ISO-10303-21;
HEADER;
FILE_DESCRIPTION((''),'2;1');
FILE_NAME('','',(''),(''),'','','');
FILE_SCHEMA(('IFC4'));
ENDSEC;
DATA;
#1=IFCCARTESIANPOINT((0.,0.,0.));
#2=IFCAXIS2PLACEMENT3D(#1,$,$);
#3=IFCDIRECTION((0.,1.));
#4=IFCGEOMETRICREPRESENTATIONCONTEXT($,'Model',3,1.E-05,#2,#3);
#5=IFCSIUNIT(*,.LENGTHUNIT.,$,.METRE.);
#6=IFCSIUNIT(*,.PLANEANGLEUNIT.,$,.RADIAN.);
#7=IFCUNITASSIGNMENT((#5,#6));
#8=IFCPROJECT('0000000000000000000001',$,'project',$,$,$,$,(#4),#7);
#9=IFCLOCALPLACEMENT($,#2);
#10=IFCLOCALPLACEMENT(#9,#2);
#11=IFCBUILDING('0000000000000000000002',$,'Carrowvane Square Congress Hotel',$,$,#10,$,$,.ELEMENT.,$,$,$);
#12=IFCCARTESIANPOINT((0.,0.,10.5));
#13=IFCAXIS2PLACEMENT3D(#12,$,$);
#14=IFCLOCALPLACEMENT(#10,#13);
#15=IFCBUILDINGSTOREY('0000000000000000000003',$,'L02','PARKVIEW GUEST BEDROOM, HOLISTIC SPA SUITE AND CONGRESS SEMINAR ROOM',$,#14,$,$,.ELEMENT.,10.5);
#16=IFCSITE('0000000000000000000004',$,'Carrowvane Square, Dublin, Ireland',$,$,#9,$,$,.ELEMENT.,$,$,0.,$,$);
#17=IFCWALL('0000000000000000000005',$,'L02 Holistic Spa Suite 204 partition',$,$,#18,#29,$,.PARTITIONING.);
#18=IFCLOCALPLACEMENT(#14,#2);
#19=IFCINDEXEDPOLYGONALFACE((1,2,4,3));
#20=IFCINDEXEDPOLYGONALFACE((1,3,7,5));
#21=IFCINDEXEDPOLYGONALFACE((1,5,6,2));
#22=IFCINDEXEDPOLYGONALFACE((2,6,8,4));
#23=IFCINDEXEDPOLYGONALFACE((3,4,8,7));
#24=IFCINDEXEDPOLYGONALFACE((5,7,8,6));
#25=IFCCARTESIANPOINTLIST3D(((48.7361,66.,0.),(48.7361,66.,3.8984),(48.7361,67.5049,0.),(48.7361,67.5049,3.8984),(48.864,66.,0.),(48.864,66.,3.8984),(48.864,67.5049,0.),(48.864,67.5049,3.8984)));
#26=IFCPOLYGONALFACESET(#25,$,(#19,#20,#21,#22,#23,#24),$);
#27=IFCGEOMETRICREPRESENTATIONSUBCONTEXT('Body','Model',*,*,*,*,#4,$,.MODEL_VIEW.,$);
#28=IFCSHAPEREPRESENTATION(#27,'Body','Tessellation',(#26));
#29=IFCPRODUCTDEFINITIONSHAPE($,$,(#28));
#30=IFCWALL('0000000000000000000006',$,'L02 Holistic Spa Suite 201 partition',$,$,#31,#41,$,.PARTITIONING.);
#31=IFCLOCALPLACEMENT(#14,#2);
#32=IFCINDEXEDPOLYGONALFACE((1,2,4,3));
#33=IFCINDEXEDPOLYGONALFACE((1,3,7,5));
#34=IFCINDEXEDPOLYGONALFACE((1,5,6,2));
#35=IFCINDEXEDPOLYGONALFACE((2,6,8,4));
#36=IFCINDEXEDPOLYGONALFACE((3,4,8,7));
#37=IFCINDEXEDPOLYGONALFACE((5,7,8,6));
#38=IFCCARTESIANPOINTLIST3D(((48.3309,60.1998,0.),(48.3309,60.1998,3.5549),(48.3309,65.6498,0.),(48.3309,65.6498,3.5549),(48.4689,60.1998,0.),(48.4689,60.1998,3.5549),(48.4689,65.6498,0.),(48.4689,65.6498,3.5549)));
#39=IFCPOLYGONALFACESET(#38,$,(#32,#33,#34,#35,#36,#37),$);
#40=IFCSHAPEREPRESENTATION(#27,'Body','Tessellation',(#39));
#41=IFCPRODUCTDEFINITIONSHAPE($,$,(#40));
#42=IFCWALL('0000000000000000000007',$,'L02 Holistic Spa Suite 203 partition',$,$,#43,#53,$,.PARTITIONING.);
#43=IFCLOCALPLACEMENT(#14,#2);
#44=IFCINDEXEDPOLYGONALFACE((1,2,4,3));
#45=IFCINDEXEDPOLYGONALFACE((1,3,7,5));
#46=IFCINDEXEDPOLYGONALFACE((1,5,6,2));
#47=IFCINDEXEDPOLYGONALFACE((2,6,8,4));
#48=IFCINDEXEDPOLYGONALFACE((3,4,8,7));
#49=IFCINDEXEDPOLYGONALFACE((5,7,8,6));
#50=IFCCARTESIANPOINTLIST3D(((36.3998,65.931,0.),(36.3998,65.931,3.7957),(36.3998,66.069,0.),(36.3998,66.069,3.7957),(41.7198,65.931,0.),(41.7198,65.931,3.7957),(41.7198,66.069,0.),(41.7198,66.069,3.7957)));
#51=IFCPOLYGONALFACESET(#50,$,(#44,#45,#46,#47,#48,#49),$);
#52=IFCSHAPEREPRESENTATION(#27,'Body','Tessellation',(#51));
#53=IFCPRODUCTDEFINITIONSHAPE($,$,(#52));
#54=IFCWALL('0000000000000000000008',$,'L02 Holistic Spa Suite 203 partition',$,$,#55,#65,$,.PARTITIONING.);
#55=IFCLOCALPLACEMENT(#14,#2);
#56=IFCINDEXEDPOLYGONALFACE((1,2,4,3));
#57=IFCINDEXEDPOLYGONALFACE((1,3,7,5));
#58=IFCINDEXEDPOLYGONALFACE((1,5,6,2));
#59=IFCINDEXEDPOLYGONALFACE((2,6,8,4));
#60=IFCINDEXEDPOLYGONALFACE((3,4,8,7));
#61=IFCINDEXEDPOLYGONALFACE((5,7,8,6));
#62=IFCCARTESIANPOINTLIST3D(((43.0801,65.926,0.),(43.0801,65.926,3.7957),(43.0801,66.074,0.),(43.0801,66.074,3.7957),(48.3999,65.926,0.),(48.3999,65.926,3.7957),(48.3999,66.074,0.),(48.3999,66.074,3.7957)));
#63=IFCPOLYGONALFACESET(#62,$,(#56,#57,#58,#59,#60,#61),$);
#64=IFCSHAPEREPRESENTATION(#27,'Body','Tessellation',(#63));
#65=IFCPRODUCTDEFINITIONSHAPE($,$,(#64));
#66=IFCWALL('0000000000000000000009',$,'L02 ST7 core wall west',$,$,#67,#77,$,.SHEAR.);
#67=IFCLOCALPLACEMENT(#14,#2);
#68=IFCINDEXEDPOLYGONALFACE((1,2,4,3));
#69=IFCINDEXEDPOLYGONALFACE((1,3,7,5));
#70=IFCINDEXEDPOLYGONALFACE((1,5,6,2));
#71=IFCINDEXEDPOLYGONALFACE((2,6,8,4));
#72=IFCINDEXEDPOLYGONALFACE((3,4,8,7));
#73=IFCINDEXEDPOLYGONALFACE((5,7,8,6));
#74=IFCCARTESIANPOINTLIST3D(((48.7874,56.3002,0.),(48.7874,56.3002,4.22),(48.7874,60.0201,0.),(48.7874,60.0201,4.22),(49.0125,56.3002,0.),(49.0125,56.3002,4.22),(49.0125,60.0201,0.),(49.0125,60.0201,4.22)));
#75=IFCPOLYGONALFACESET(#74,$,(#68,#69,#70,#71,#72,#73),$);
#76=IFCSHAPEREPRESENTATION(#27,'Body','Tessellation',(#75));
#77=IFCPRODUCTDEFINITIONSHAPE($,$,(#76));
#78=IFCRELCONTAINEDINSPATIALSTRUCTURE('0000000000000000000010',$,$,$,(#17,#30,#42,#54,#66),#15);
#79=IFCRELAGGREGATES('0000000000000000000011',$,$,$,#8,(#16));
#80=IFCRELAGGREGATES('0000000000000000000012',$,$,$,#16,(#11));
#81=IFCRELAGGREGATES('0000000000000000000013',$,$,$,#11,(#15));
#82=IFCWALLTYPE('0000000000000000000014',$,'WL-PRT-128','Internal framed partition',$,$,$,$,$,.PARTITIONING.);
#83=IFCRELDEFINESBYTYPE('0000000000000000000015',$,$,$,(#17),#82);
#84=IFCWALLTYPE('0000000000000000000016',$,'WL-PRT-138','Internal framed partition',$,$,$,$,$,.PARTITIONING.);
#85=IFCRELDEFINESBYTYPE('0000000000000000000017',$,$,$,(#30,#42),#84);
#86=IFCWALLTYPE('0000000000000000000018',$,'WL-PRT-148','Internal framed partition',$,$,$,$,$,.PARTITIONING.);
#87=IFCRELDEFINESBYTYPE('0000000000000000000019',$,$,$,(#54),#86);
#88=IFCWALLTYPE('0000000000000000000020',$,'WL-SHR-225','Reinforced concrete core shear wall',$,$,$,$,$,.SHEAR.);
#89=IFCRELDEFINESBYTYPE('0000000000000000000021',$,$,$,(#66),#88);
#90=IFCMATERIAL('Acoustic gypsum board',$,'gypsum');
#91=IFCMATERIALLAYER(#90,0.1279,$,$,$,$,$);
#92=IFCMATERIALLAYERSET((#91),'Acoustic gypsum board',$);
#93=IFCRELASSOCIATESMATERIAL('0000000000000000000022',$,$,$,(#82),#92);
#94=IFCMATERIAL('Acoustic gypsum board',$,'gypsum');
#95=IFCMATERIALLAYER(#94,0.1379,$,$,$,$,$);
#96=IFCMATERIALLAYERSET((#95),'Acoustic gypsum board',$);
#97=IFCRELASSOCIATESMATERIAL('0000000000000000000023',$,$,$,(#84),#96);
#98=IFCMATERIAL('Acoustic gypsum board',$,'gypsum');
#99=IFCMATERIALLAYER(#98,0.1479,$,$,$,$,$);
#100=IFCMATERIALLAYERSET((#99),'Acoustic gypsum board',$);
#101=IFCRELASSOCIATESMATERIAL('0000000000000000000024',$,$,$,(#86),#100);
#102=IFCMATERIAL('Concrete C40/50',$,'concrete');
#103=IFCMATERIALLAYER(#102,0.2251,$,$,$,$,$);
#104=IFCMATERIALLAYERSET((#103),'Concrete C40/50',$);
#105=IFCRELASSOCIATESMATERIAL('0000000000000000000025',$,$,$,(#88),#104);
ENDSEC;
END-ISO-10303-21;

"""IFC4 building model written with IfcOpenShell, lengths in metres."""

from ifc_helpers import new_model, si_unit, direction, frame, frame_2d, origin, place, context, subcontext, project, spatial, rectangle, extrude, material, layer, layer_set, type_object, element, save


model = new_model("IFC4")

# Units and contexts
model_context = context("Model", 3, precision=1e-05, world=origin(), true_north=direction((0.0, 1.0)))
body_context = subcontext(model_context, "Body", "Model", "MODEL_VIEW")
ifc_project = project(units=[si_unit("LENGTHUNIT", "METRE"), si_unit("PLANEANGLEUNIT", "RADIAN")], contexts=[model_context])

# Site, building, storey
site_placement = place(None, origin())
site = spatial("IfcSite", under=ifc_project, at=site_placement, Name="Carrowvane Square, Dublin, Ireland", CompositionType="ELEMENT", RefElevation=0.0)
building_placement = place(site_placement, origin())
building = spatial("IfcBuilding", under=site, at=building_placement, Name="Carrowvane Square Congress Hotel", CompositionType="ELEMENT")
storey_placement = place(building_placement, frame((0.0, 0.0, 10.5)))
storey = spatial("IfcBuildingStorey", under=building, at=storey_placement, Name="L02", Description="PARKVIEW GUEST BEDROOM, HOLISTIC SPA SUITE AND CONGRESS SEMINAR ROOM", CompositionType="ELEMENT", Elevation=10.5)

# Walls
ifc_material_1 = material(Name="Acoustic gypsum board", Category="gypsum")
ifc_layer_1 = layer(ifc_material_1, 0.1279)
ifc_layer_set_1 = layer_set([ifc_layer_1], Name="Acoustic gypsum board")
wall_type_1 = type_object("IfcWallType", Name="WL-PRT-128", Description="Internal framed partition", PredefinedType="PARTITIONING", material=ifc_layer_set_1)
wall_1_placement = place(storey_placement, frame((48.8, 66.0, 0.0), z_axis=(0.0, 0.0, 1.0), x_axis=(0.0, 1.0, 0.0)))
element("IfcWall", 1, at=wall_1_placement, inside=storey, type_object=wall_type_1, Name="L02 Holistic Spa Suite 204 partition", PredefinedType="PARTITIONING", context=body_context, shape_type="SweptSolid", body=[
    extrude(rectangle(XDim=1.5049, YDim=0.1279, at=frame_2d((0.7524, 0.0))), origin(), (0.0, 0.0, 1.0), 3.8984),
])
ifc_material_2 = material(Name="Acoustic gypsum board", Category="gypsum")
ifc_layer_2 = layer(ifc_material_2, 0.1379)
ifc_layer_set_2 = layer_set([ifc_layer_2], Name="Acoustic gypsum board")
wall_type_2 = type_object("IfcWallType", Name="WL-PRT-138", Description="Internal framed partition", PredefinedType="PARTITIONING", material=ifc_layer_set_2)
wall_2_placement = place(storey_placement, frame((48.3999, 65.6499, 0.0), z_axis=(0.0, 0.0, 1.0), x_axis=(0.0, -1.0, 0.0)))
element("IfcWall", 2, at=wall_2_placement, inside=storey, type_object=wall_type_2, Name="L02 Holistic Spa Suite 201 partition", PredefinedType="PARTITIONING", context=body_context, shape_type="SweptSolid", body=[
    extrude(rectangle(XDim=5.45, YDim=0.1379, at=frame_2d((2.7251, 0.0))), origin(), (0.0, 0.0, 1.0), 3.5549),
])
wall_3_placement = place(storey_placement, frame((41.72, 66.0, 0.0), z_axis=(0.0, 0.0, 1.0), x_axis=(-1.0, 0.0, 0.0)))
element("IfcWall", 3, at=wall_3_placement, inside=storey, type_object=wall_type_2, Name="L02 Holistic Spa Suite 203 partition", PredefinedType="PARTITIONING", context=body_context, shape_type="SweptSolid", body=[
    extrude(rectangle(XDim=5.3201, YDim=0.1379, at=frame_2d((2.6602, 0.0))), origin(), (0.0, 0.0, 1.0), 3.7957),
])
ifc_material_3 = material(Name="Acoustic gypsum board", Category="gypsum")
ifc_layer_3 = layer(ifc_material_3, 0.1479)
ifc_layer_set_3 = layer_set([ifc_layer_3], Name="Acoustic gypsum board")
wall_type_3 = type_object("IfcWallType", Name="WL-PRT-148", Description="Internal framed partition", PredefinedType="PARTITIONING", material=ifc_layer_set_3)
wall_4_placement = place(storey_placement, frame((48.3999, 66.0, 0.0), z_axis=(0.0, 0.0, 1.0), x_axis=(-1.0, 0.0, 0.0)))
element("IfcWall", 4, at=wall_4_placement, inside=storey, type_object=wall_type_3, Name="L02 Holistic Spa Suite 203 partition", PredefinedType="PARTITIONING", context=body_context, shape_type="SweptSolid", body=[
    extrude(rectangle(XDim=5.3198, YDim=0.1479, at=frame_2d((2.6599, 0.0))), origin(), (0.0, 0.0, 1.0), 3.7957),
])
ifc_material_4 = material(Name="Concrete C40/50", Category="concrete")
ifc_layer_4 = layer(ifc_material_4, 0.2251)
ifc_layer_set_4 = layer_set([ifc_layer_4], Name="Concrete C40/50")
wall_type_4 = type_object("IfcWallType", Name="WL-SHR-225", Description="Reinforced concrete core shear wall", PredefinedType="SHEAR", material=ifc_layer_set_4)
wall_5_placement = place(storey_placement, frame((48.8999, 60.02, 0.0), z_axis=(0.0, 0.0, 1.0), x_axis=(0.0, -1.0, 0.0)))
element("IfcWall", 5, at=wall_5_placement, inside=storey, type_object=wall_type_4, Name="L02 ST7 core wall west", PredefinedType="SHEAR", context=body_context, shape_type="SweptSolid", body=[
    extrude(rectangle(XDim=3.72, YDim=0.2251, at=frame_2d((1.8599, 0.0))), origin(), (0.0, 0.0, 1.0), 4.22),
])

save(model, "model.ifc")
